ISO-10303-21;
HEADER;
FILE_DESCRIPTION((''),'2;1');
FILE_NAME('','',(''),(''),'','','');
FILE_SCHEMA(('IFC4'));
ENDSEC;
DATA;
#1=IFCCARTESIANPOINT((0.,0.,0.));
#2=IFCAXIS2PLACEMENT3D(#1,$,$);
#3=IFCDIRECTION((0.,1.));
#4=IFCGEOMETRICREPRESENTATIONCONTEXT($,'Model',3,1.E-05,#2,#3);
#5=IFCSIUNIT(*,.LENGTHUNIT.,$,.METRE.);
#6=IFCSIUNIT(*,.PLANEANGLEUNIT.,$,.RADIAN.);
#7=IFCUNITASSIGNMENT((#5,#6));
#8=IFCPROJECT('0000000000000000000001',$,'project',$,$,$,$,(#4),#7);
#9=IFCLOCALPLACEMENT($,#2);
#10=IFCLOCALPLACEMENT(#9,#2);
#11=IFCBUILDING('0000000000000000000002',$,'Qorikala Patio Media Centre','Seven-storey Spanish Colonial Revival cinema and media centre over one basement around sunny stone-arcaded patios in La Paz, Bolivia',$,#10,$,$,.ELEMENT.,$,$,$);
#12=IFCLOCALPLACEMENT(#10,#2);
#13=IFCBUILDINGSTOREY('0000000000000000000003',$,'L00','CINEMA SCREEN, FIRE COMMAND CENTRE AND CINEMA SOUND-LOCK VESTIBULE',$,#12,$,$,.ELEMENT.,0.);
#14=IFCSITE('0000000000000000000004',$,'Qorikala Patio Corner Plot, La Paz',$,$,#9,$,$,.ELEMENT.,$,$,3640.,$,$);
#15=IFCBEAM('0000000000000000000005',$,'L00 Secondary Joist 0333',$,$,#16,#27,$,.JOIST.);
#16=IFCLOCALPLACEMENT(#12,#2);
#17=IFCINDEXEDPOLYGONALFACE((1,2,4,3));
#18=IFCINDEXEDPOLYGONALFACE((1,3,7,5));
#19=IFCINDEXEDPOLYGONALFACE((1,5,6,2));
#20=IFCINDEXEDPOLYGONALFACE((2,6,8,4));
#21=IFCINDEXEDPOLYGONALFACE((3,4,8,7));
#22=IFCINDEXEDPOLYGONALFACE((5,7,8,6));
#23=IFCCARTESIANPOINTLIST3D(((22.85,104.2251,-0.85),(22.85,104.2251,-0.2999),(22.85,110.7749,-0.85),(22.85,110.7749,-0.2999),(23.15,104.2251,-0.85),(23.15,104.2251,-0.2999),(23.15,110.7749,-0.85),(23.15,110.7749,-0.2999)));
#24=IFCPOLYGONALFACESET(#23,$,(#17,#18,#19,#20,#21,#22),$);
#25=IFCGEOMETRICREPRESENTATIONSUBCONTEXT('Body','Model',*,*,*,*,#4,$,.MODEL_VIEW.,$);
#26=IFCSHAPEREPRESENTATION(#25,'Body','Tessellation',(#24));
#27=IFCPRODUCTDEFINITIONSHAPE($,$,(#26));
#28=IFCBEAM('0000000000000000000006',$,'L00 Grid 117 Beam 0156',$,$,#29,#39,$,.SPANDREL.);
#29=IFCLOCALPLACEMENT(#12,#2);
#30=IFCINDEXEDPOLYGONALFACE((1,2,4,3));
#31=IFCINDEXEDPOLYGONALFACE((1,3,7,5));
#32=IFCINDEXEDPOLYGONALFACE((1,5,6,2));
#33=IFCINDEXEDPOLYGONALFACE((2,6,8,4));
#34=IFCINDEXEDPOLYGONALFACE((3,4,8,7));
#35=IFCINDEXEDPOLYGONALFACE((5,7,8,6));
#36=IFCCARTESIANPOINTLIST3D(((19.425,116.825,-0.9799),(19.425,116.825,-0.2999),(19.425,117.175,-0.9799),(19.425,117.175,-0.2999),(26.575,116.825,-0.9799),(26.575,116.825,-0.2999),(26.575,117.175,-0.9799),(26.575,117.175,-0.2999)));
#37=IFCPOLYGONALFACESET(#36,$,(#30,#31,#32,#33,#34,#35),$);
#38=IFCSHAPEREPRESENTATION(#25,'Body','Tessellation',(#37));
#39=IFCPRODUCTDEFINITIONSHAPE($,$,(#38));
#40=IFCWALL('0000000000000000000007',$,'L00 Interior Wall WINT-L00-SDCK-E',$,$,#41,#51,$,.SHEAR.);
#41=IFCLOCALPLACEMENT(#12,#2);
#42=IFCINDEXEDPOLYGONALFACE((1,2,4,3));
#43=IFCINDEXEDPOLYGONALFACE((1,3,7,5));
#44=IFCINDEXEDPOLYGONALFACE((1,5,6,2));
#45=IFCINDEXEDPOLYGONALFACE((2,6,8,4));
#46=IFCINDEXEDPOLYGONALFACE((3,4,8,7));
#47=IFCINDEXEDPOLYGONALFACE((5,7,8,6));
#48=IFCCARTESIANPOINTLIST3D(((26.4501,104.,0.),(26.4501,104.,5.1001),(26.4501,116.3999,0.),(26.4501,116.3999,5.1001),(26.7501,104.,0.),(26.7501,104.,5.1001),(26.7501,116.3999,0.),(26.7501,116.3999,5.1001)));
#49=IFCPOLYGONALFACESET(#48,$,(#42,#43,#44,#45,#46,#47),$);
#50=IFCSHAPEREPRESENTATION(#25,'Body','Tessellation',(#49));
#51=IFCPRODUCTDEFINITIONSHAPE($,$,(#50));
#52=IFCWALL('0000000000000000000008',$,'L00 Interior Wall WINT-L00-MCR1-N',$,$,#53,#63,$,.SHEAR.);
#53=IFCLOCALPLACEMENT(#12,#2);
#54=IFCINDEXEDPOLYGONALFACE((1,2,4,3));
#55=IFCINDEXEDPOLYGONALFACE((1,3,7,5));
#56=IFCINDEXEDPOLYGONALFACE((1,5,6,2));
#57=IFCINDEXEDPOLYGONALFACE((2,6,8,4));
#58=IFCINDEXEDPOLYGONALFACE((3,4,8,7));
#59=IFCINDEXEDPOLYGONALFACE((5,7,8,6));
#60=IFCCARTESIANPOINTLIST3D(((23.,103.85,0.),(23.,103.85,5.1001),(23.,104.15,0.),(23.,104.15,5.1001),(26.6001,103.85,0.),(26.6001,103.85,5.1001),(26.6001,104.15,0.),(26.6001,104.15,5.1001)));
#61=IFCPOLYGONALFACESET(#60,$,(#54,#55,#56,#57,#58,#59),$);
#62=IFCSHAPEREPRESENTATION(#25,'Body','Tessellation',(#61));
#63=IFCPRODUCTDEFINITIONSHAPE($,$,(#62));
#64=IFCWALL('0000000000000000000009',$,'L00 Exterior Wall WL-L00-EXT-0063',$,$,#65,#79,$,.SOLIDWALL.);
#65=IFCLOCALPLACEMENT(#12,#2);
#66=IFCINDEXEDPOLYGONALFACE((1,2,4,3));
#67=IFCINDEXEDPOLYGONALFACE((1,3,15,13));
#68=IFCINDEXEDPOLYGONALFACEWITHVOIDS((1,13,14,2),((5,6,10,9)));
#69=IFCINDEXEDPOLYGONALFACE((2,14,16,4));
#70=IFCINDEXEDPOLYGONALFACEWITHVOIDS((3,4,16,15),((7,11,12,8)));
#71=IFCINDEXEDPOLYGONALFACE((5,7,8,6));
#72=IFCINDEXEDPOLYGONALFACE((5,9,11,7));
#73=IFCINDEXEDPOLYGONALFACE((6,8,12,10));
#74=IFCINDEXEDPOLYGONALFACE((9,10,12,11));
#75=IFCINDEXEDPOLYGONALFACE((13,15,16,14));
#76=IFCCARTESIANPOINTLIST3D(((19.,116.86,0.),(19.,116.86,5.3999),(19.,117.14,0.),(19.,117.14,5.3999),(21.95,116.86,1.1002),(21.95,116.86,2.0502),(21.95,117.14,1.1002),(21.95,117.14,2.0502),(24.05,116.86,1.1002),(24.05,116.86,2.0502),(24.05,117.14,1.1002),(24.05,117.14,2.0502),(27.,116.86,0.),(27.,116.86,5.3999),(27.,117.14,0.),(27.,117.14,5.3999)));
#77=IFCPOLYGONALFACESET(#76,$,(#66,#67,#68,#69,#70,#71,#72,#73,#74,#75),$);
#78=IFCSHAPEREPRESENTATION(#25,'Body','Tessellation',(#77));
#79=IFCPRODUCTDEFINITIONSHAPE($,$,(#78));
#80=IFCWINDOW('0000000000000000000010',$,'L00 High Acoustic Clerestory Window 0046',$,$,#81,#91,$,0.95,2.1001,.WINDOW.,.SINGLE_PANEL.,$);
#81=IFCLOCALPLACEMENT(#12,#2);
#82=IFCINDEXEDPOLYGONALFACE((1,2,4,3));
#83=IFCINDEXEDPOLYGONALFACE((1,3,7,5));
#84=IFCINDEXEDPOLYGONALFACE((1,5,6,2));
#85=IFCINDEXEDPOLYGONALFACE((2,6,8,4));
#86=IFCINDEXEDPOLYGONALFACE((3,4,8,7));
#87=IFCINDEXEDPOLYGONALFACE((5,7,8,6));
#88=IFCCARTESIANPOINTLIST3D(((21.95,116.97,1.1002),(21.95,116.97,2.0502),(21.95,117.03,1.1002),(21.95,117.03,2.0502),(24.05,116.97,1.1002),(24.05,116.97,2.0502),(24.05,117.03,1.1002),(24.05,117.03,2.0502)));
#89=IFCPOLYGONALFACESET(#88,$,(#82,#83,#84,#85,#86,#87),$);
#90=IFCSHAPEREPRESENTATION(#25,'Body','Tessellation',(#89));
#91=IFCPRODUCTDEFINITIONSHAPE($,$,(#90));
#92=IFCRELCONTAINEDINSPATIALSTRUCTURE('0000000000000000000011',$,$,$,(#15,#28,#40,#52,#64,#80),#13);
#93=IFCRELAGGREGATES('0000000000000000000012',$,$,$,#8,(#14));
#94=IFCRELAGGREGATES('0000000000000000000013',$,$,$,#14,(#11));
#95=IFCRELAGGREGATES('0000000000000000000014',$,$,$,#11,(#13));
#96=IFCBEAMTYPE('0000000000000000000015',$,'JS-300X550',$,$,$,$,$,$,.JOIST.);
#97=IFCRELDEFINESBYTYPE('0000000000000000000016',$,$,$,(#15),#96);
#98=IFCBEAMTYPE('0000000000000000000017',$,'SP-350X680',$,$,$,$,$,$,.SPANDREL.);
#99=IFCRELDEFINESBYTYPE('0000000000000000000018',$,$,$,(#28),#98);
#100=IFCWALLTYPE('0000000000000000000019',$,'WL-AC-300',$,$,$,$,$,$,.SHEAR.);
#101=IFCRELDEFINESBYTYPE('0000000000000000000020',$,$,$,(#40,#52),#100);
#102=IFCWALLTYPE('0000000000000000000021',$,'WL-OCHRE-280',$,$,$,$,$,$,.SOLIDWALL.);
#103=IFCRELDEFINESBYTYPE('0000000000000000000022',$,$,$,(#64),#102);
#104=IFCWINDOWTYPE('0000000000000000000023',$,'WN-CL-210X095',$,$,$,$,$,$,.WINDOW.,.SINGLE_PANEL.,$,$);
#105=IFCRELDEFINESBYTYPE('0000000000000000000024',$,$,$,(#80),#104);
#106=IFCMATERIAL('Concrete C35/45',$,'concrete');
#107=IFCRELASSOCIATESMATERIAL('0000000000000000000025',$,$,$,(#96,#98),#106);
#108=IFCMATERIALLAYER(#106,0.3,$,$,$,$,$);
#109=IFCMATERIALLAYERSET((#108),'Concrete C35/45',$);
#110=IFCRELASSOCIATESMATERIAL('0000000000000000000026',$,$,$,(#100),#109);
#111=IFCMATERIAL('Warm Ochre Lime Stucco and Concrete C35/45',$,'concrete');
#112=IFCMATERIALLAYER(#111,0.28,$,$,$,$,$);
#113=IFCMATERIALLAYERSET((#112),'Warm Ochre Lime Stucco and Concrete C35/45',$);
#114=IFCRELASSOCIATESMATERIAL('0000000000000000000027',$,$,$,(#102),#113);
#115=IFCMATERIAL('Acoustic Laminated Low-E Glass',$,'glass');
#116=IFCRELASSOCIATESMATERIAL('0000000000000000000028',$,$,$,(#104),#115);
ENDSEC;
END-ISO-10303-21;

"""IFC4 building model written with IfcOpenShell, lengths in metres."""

from ifc_helpers import new_model, si_unit, direction, frame, frame_2d, origin, origin_2d, place, context, subcontext, project, spatial, rectangle, extrude, material, layer, layer_set, material_profile, profile_set, type_object, element, fill, save


model = new_model("IFC4")

# Units and contexts
model_context = context("Model", 3, precision=1e-05, world=origin(), true_north=direction((0.0, 1.0)))
body_context = subcontext(model_context, "Body", "Model", "MODEL_VIEW")
ifc_project = project(units=[si_unit("LENGTHUNIT", "METRE"), si_unit("PLANEANGLEUNIT", "RADIAN")], contexts=[model_context])

# Site, building, storey
site_placement = place(None, origin())
site = spatial("IfcSite", under=ifc_project, at=site_placement, Name="Qorikala Patio Corner Plot, La Paz", CompositionType="ELEMENT", RefElevation=3640.0)
building_placement = place(site_placement, origin())
building = spatial("IfcBuilding", under=site, at=building_placement, Name="Qorikala Patio Media Centre", Description="Seven-storey Spanish Colonial Revival cinema and media centre over one basement around sunny stone-arcaded patios in La Paz, Bolivia", CompositionType="ELEMENT")
storey_placement = place(building_placement, origin())
storey = spatial("IfcBuildingStorey", under=building, at=storey_placement, Name="L00", Description="CINEMA SCREEN, FIRE COMMAND CENTRE AND CINEMA SOUND-LOCK VESTIBULE", CompositionType="ELEMENT", Elevation=0.0)

# Shared definitions
ifc_material_1 = material(Name="Concrete C35/45", Category="concrete")

# Beams
ifc_material_profile_1 = material_profile(ifc_material_1, rectangle(XDim=0.3, YDim=0.55, at=origin_2d()), Name="RC 300x550")
ifc_profile_set_1 = profile_set([ifc_material_profile_1], Name="Concrete C35/45")
beam_type_1 = type_object("IfcBeamType", Name="JS-300X550", PredefinedType="JOIST", material=ifc_profile_set_1)
beam_1_placement = place(storey_placement, frame((23.0, 104.2251, -0.575), z_axis=(0.0, 1.0, 0.0), x_axis=(-1.0, 0.0, 0.0)))
element("IfcBeam", 1, at=beam_1_placement, inside=storey, type_object=beam_type_1, Name="L00 Secondary Joist 0333", PredefinedType="JOIST", context=body_context, shape_type="SweptSolid", body=[
    extrude(rectangle(XDim=0.3, YDim=0.55, at=origin_2d()), origin(), (0.0, 0.0, 1.0), 6.5498),
])
ifc_material_profile_2 = material_profile(ifc_material_1, rectangle(XDim=0.3501, YDim=0.6799, at=origin_2d()), Name="RC 350x680")
ifc_profile_set_2 = profile_set([ifc_material_profile_2], Name="Concrete C35/45")
beam_type_2 = type_object("IfcBeamType", Name="SP-350X680", PredefinedType="SPANDREL", material=ifc_profile_set_2)
beam_2_placement = place(storey_placement, frame((19.425, 117.0, -0.6399), z_axis=(1.0, 0.0, 0.0), x_axis=(0.0, 1.0, 0.0)))
element("IfcBeam", 2, at=beam_2_placement, inside=storey, type_object=beam_type_2, Name="L00 Grid 117 Beam 0156", PredefinedType="SPANDREL", context=body_context, shape_type="SweptSolid", body=[
    extrude(rectangle(XDim=0.3501, YDim=0.6799, at=origin_2d()), origin(), (0.0, 0.0, 1.0), 7.1499),
])

# Walls
ifc_layer_1 = layer(ifc_material_1, 0.3)
ifc_layer_set_1 = layer_set([ifc_layer_1], Name="Concrete C35/45")
wall_type_1 = type_object("IfcWallType", Name="WL-AC-300", PredefinedType="SHEAR", material=ifc_layer_set_1)
wall_1_placement = place(storey_placement, frame((26.6001, 104.0, 0.0), z_axis=(0.0, 0.0, 1.0), x_axis=(0.0, 1.0, 0.0)))
element("IfcWall", 3, at=wall_1_placement, inside=storey, type_object=wall_type_1, Name="L00 Interior Wall WINT-L00-SDCK-E", PredefinedType="SHEAR", context=body_context, shape_type="SweptSolid", body=[
    extrude(rectangle(XDim=12.3999, YDim=0.3, at=frame_2d((6.2, 0.0))), origin(), (0.0, 0.0, 1.0), 5.1001),
])
wall_2_placement = place(storey_placement, frame((23.0, 104.0, 0.0), z_axis=(0.0, 0.0, 1.0), x_axis=(1.0, 0.0, 0.0)))
element("IfcWall", 4, at=wall_2_placement, inside=storey, type_object=wall_type_1, Name="L00 Interior Wall WINT-L00-MCR1-N", PredefinedType="SHEAR", context=body_context, shape_type="SweptSolid", body=[
    extrude(rectangle(XDim=3.6001, YDim=0.3, at=frame_2d((1.8, 0.0))), origin(), (0.0, 0.0, 1.0), 5.1001),
])

# Wall, opening, window
ifc_material_2 = material(Name="Warm Ochre Lime Stucco and Concrete C35/45", Category="concrete")
ifc_layer_2 = layer(ifc_material_2, 0.28)
ifc_layer_set_2 = layer_set([ifc_layer_2], Name="Warm Ochre Lime Stucco and Concrete C35/45")
wall_type_2 = type_object("IfcWallType", Name="WL-OCHRE-280", PredefinedType="SOLIDWALL", material=ifc_layer_set_2)
wall_3_placement = place(storey_placement, frame((19.0, 117.0, 0.0), z_axis=(0.0, 0.0, 1.0), x_axis=(1.0, 0.0, 0.0)))
wall_3 = element("IfcWall", 5, at=wall_3_placement, inside=storey, type_object=wall_type_2, Name="L00 Exterior Wall WL-L00-EXT-0063", PredefinedType="SOLIDWALL", context=body_context, shape_type="SweptSolid", body=[
    extrude(rectangle(XDim=8.0, YDim=0.28, at=frame_2d((4.0, 0.0))), origin(), (0.0, 0.0, 1.0), 5.3999),
])
opening_placement = place(wall_3_placement, frame((2.95, 0.0, 1.1001)))
opening = element("IfcOpeningElement", 6, at=opening_placement, cuts=wall_3, PredefinedType="OPENING", context=body_context, shape_type="SweptSolid", body=[
    extrude(rectangle(XDim=2.1001, YDim=0.95, at=frame_2d((1.05, 0.4751))), frame((0.0, 0.1499, 0.0), z_axis=(0.0, -1.0, 0.0), x_axis=(1.0, 0.0, 0.0)), (0.0, 0.0, 1.0), 0.3),
])
ifc_material_3 = material(Name="Acoustic Laminated Low-E Glass", Category="glass")
window_type = type_object("IfcWindowType", Name="WN-CL-210X095", PartitioningType="SINGLE_PANEL", PredefinedType="WINDOW", material=ifc_material_3)
window_placement = place(opening_placement, origin())
window = element("IfcWindow", 7, at=window_placement, inside=storey, type_object=window_type, Name="L00 High Acoustic Clerestory Window 0046", OverallHeight=0.95, OverallWidth=2.1001, PartitioningType="SINGLE_PANEL", PredefinedType="WINDOW", context=body_context, shape_type="SweptSolid", body=[
    extrude(rectangle(XDim=2.1001, YDim=0.95, at=frame_2d((1.05, 0.4751))), frame((0.0, 0.03, 0.0), z_axis=(0.0, -1.0, 0.0), x_axis=(1.0, 0.0, 0.0)), (0.0, 0.0, 1.0), 0.0601),
])
fill(opening, window)

save(model, "model.ifc")
